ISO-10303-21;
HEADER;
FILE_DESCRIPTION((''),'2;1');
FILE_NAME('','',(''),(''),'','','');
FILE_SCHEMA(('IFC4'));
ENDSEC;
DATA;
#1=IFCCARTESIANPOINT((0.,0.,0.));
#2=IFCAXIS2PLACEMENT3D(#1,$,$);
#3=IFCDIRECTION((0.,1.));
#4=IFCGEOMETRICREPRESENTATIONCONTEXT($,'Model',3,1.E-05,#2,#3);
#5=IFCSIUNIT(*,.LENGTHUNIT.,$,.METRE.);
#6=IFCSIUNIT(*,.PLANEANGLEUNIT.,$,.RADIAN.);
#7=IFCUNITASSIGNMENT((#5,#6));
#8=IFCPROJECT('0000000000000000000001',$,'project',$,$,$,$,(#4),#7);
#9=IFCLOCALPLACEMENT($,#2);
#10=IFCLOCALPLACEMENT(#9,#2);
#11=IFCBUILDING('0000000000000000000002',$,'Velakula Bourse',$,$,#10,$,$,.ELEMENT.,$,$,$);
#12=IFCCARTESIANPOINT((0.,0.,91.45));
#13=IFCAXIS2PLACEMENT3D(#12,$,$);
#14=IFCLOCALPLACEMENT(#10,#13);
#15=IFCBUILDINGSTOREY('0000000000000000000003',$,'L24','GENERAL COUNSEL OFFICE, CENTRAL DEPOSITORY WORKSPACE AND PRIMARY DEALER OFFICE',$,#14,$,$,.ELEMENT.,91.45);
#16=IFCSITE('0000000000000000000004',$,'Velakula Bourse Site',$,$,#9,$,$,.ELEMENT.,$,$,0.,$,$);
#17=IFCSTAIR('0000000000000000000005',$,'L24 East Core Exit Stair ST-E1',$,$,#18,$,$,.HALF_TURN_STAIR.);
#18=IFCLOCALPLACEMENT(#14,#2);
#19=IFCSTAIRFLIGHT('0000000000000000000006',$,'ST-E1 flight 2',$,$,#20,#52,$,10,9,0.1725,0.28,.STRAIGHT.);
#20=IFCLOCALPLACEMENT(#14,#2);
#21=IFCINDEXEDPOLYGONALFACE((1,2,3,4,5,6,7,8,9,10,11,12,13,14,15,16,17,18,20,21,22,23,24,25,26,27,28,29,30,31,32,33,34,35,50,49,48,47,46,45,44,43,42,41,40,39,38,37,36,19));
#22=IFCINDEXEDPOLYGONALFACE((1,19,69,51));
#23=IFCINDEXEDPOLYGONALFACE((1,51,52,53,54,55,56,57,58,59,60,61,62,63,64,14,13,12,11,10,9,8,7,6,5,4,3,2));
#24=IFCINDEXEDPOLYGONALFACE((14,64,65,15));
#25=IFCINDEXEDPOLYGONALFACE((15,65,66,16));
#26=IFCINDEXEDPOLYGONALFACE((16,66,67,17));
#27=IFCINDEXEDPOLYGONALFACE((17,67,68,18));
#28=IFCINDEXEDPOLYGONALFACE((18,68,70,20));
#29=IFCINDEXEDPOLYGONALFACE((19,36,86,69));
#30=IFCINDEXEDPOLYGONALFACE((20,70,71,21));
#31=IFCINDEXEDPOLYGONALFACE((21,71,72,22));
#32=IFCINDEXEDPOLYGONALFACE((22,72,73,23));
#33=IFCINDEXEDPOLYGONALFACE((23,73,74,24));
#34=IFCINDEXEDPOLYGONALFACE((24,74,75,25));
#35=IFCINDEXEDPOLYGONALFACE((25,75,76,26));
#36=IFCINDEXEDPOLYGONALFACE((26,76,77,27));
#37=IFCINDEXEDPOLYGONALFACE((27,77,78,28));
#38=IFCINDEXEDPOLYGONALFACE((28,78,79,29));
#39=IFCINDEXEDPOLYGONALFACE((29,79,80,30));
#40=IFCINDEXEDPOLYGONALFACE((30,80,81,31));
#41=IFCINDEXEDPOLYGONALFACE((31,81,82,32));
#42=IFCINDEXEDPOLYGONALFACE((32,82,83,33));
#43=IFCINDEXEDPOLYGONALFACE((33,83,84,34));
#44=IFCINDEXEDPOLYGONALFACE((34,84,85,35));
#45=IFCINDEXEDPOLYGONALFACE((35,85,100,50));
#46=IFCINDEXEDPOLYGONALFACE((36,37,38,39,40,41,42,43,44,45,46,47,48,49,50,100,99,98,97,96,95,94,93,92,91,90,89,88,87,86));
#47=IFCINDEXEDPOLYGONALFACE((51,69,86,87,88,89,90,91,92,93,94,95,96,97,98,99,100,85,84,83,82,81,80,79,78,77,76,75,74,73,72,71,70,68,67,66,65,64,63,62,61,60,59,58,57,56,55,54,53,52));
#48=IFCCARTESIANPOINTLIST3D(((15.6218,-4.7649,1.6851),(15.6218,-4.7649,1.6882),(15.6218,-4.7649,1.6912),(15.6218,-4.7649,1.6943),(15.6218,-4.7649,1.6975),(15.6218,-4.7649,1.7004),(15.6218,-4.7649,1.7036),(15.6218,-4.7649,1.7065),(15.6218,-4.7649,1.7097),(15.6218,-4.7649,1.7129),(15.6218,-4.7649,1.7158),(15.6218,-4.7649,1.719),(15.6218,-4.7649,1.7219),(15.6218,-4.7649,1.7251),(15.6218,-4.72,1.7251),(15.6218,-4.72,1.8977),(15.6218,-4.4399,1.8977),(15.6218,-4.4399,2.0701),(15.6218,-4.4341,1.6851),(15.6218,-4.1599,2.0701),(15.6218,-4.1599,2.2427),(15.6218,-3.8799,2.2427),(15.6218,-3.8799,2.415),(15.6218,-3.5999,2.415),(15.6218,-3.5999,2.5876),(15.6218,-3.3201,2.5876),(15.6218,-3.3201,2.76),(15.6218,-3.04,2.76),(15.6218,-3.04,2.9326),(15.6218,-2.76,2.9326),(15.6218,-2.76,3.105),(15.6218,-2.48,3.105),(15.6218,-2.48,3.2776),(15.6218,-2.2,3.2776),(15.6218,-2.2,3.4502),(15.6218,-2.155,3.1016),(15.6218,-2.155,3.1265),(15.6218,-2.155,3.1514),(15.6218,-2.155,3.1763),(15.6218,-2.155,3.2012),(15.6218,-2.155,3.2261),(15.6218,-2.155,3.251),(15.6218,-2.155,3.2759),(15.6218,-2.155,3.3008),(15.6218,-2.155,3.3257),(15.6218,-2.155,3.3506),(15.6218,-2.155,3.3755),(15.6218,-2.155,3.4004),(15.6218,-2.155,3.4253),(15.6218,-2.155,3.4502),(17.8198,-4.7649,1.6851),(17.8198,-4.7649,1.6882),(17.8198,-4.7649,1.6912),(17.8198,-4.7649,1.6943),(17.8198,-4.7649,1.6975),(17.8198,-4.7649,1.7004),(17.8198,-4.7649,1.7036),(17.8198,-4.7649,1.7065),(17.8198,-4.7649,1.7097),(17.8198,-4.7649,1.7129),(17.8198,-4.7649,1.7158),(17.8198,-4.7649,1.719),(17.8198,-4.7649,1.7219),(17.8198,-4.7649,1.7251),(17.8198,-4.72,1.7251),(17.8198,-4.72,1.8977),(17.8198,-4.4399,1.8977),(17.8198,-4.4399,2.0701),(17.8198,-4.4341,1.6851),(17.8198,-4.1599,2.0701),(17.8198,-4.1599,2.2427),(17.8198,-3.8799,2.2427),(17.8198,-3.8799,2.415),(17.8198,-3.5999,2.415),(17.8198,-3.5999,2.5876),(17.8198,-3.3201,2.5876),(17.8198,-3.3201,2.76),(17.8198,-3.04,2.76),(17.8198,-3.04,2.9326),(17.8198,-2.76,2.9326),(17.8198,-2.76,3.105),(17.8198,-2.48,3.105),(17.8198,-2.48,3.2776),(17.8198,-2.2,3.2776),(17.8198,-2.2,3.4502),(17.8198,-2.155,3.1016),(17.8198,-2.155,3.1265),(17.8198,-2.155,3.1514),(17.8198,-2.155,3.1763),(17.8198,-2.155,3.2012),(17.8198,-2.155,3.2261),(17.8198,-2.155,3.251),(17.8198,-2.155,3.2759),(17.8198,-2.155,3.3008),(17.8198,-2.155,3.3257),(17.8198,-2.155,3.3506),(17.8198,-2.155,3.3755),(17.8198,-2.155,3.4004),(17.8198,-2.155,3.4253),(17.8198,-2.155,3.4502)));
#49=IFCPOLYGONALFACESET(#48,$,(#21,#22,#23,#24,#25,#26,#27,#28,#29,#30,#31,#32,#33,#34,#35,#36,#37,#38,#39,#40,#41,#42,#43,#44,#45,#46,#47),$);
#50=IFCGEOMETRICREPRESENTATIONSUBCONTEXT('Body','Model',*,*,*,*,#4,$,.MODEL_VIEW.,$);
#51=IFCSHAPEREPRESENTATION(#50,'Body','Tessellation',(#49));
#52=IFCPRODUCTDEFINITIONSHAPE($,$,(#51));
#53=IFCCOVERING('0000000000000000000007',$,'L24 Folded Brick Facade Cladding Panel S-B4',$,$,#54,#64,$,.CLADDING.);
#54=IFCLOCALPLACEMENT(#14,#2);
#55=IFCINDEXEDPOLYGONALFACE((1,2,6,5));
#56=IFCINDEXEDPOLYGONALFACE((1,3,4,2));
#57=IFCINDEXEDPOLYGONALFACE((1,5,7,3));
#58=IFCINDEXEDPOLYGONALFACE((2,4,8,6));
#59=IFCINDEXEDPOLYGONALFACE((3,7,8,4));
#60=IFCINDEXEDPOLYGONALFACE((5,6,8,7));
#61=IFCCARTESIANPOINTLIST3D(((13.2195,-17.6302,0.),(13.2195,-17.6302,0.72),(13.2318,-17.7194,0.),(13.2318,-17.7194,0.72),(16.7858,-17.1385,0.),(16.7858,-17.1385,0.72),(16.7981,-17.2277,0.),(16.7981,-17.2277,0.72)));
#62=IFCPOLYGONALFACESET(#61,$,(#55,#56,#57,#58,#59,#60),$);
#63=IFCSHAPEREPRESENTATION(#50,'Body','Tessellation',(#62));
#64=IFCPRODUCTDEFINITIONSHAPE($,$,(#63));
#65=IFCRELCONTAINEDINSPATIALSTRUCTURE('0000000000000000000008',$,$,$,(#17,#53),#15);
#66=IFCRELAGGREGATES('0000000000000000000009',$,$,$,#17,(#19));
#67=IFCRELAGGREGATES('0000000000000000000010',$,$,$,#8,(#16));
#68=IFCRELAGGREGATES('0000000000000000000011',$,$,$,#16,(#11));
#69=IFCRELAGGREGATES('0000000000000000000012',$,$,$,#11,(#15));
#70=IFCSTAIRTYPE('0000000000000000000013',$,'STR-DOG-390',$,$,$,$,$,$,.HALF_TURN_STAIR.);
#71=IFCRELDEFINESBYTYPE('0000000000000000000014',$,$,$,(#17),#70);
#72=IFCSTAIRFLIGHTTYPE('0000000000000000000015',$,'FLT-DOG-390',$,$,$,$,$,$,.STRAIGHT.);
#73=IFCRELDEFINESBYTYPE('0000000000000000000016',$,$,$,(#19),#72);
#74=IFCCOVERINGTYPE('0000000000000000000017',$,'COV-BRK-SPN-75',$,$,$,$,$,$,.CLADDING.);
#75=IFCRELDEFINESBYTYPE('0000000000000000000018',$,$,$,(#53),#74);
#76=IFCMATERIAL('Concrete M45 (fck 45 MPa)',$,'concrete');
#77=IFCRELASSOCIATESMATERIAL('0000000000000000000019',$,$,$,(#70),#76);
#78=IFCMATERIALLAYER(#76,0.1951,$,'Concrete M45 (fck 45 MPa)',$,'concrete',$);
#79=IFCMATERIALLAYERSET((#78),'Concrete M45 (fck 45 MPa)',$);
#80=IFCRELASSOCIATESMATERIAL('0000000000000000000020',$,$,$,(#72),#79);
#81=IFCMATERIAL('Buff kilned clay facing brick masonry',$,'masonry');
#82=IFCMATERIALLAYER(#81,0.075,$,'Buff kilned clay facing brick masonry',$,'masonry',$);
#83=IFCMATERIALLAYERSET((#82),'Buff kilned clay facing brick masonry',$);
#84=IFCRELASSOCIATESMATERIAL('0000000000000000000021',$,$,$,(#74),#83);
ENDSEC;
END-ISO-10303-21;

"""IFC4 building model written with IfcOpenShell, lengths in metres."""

from ifc_helpers import new_model, si_unit, direction, frame, origin, origin_2d, place, context, subcontext, project, spatial, polyline, rectangle, outline, extrude, material, layer, layer_set, type_object, element, aggregate, save


model = new_model("IFC4")

# Units and contexts
model_context = context("Model", 3, precision=1e-05, world=origin(), true_north=direction((0.0, 1.0)))
body_context = subcontext(model_context, "Body", "Model", "MODEL_VIEW")
ifc_project = project(units=[si_unit("LENGTHUNIT", "METRE"), si_unit("PLANEANGLEUNIT", "RADIAN")], contexts=[model_context])

# Site, building, storey
site_placement = place(None, origin())
site = spatial("IfcSite", under=ifc_project, at=site_placement, Name="Velakula Bourse Site", CompositionType="ELEMENT", RefElevation=0.0)
building_placement = place(site_placement, origin())
building = spatial("IfcBuilding", under=site, at=building_placement, Name="Velakula Bourse", CompositionType="ELEMENT")
storey_placement = place(building_placement, frame((0.0, 0.0, 91.45)))
storey = spatial("IfcBuildingStorey", under=building, at=storey_placement, Name="L24", Description="GENERAL COUNSEL OFFICE, CENTRAL DEPOSITORY WORKSPACE AND PRIMARY DEALER OFFICE", CompositionType="ELEMENT", Elevation=91.45)

# Stair, stair flight
ifc_material_1 = material(Name="Concrete M45 (fck 45 MPa)", Category="concrete")
stair_type = type_object("IfcStairType", Name="STR-DOG-390", PredefinedType="HALF_TURN_STAIR", material=ifc_material_1)
stair_placement = place(storey_placement, origin())
stair = element("IfcStair", 1, at=stair_placement, inside=storey, type_object=stair_type, Name="L24 East Core Exit Stair ST-E1", PredefinedType="HALF_TURN_STAIR")
ifc_layer_1 = layer(ifc_material_1, 0.1951, Name="Concrete M45 (fck 45 MPa)", Category="concrete")
ifc_layer_set_1 = layer_set([ifc_layer_1], Name="Concrete M45 (fck 45 MPa)")
stair_flight_type = type_object("IfcStairFlightType", Name="FLT-DOG-390", PredefinedType="STRAIGHT", material=ifc_layer_set_1)
stair_flight_1_placement = place(storey_placement, frame((16.7209, -4.72, 1.7251), z_axis=(0.0, 0.0, 1.0), x_axis=(0.0, 1.0, 0.0)))
stair_flight_1 = element("IfcStairFlight", 2, at=stair_flight_1_placement, type_object=stair_flight_type, Name="ST-E1 flight 2", NumberOfRisers=10, NumberOfTreads=9, PredefinedType="STRAIGHT", RiserHeight=0.1725, TreadLength=0.28, context=body_context, shape_type="SweptSolid", body=[
    extrude(outline(polyline([(-0.0449, -0.04), (-0.0449, -0.0369), (-0.0449, -0.0339), (-0.0449, -0.0308), (-0.0449, -0.0276), (-0.0449, -0.0247), (-0.0449, -0.0215), (-0.0449, -0.0186), (-0.0449, -0.0154), (-0.0449, -0.0122), (-0.0449, -0.0093), (-0.0449, -0.0061), (-0.0449, -0.0032), (-0.0449, 0.0), (0.0, 0.0), (0.0, 0.1726), (0.28, 0.1726), (0.28, 0.345), (0.5601, 0.345), (0.5601, 0.5176), (0.8401, 0.5176), (0.8401, 0.6899), (1.1201, 0.6899), (1.1201, 0.8625), (1.3999, 0.8625), (1.3999, 1.0349), (1.6799, 1.0349), (1.6799, 1.2075), (1.96, 1.2075), (1.96, 1.3799), (2.24, 1.3799), (2.24, 1.5525), (2.52, 1.5525), (2.52, 1.7251), (2.5649, 1.7251), (2.5649, 1.7002), (2.5649, 1.6753), (2.5649, 1.6504), (2.5649, 1.6255), (2.5649, 1.6006), (2.5649, 1.5757), (2.5649, 1.5508), (2.5649, 1.5259), (2.5649, 1.501), (2.5649, 1.4761), (2.5649, 1.4512), (2.5649, 1.4263), (2.5649, 1.4014), (2.5649, 1.3765), (0.2859, -0.04), (-0.0449, -0.04)])), frame((0.0, 1.0991, 0.0), z_axis=(0.0, -1.0, 0.0), x_axis=(1.0, 0.0, 0.0)), (0.0, 0.0, 1.0), 2.198),
])
aggregate(stair, [stair_flight_1])

# Covering
ifc_material_2 = material(Name="Buff kilned clay facing brick masonry", Category="masonry")
ifc_layer_2 = layer(ifc_material_2, 0.075, Name="Buff kilned clay facing brick masonry", Category="masonry")
ifc_layer_set_2 = layer_set([ifc_layer_2], Name="Buff kilned clay facing brick masonry")
covering_type = type_object("IfcCoveringType", Name="COV-BRK-SPN-75", PredefinedType="CLADDING", material=ifc_layer_set_2)
covering_placement = place(storey_placement, frame((15.0088, -17.429, 0.0), z_axis=(0.0, 0.0, 1.0), x_axis=(0.990629, 0.13658, 0.0)))
element("IfcCovering", 3, at=covering_placement, inside=storey, type_object=covering_type, Name="L24 Folded Brick Facade Cladding Panel S-B4", PredefinedType="CLADDING", context=body_context, shape_type="SweptSolid", body=[
    extrude(rectangle(XDim=3.6001, YDim=0.0901, at=origin_2d()), origin(), (0.0, 0.0, 1.0), 0.72),
])

save(model, "model.ifc")
